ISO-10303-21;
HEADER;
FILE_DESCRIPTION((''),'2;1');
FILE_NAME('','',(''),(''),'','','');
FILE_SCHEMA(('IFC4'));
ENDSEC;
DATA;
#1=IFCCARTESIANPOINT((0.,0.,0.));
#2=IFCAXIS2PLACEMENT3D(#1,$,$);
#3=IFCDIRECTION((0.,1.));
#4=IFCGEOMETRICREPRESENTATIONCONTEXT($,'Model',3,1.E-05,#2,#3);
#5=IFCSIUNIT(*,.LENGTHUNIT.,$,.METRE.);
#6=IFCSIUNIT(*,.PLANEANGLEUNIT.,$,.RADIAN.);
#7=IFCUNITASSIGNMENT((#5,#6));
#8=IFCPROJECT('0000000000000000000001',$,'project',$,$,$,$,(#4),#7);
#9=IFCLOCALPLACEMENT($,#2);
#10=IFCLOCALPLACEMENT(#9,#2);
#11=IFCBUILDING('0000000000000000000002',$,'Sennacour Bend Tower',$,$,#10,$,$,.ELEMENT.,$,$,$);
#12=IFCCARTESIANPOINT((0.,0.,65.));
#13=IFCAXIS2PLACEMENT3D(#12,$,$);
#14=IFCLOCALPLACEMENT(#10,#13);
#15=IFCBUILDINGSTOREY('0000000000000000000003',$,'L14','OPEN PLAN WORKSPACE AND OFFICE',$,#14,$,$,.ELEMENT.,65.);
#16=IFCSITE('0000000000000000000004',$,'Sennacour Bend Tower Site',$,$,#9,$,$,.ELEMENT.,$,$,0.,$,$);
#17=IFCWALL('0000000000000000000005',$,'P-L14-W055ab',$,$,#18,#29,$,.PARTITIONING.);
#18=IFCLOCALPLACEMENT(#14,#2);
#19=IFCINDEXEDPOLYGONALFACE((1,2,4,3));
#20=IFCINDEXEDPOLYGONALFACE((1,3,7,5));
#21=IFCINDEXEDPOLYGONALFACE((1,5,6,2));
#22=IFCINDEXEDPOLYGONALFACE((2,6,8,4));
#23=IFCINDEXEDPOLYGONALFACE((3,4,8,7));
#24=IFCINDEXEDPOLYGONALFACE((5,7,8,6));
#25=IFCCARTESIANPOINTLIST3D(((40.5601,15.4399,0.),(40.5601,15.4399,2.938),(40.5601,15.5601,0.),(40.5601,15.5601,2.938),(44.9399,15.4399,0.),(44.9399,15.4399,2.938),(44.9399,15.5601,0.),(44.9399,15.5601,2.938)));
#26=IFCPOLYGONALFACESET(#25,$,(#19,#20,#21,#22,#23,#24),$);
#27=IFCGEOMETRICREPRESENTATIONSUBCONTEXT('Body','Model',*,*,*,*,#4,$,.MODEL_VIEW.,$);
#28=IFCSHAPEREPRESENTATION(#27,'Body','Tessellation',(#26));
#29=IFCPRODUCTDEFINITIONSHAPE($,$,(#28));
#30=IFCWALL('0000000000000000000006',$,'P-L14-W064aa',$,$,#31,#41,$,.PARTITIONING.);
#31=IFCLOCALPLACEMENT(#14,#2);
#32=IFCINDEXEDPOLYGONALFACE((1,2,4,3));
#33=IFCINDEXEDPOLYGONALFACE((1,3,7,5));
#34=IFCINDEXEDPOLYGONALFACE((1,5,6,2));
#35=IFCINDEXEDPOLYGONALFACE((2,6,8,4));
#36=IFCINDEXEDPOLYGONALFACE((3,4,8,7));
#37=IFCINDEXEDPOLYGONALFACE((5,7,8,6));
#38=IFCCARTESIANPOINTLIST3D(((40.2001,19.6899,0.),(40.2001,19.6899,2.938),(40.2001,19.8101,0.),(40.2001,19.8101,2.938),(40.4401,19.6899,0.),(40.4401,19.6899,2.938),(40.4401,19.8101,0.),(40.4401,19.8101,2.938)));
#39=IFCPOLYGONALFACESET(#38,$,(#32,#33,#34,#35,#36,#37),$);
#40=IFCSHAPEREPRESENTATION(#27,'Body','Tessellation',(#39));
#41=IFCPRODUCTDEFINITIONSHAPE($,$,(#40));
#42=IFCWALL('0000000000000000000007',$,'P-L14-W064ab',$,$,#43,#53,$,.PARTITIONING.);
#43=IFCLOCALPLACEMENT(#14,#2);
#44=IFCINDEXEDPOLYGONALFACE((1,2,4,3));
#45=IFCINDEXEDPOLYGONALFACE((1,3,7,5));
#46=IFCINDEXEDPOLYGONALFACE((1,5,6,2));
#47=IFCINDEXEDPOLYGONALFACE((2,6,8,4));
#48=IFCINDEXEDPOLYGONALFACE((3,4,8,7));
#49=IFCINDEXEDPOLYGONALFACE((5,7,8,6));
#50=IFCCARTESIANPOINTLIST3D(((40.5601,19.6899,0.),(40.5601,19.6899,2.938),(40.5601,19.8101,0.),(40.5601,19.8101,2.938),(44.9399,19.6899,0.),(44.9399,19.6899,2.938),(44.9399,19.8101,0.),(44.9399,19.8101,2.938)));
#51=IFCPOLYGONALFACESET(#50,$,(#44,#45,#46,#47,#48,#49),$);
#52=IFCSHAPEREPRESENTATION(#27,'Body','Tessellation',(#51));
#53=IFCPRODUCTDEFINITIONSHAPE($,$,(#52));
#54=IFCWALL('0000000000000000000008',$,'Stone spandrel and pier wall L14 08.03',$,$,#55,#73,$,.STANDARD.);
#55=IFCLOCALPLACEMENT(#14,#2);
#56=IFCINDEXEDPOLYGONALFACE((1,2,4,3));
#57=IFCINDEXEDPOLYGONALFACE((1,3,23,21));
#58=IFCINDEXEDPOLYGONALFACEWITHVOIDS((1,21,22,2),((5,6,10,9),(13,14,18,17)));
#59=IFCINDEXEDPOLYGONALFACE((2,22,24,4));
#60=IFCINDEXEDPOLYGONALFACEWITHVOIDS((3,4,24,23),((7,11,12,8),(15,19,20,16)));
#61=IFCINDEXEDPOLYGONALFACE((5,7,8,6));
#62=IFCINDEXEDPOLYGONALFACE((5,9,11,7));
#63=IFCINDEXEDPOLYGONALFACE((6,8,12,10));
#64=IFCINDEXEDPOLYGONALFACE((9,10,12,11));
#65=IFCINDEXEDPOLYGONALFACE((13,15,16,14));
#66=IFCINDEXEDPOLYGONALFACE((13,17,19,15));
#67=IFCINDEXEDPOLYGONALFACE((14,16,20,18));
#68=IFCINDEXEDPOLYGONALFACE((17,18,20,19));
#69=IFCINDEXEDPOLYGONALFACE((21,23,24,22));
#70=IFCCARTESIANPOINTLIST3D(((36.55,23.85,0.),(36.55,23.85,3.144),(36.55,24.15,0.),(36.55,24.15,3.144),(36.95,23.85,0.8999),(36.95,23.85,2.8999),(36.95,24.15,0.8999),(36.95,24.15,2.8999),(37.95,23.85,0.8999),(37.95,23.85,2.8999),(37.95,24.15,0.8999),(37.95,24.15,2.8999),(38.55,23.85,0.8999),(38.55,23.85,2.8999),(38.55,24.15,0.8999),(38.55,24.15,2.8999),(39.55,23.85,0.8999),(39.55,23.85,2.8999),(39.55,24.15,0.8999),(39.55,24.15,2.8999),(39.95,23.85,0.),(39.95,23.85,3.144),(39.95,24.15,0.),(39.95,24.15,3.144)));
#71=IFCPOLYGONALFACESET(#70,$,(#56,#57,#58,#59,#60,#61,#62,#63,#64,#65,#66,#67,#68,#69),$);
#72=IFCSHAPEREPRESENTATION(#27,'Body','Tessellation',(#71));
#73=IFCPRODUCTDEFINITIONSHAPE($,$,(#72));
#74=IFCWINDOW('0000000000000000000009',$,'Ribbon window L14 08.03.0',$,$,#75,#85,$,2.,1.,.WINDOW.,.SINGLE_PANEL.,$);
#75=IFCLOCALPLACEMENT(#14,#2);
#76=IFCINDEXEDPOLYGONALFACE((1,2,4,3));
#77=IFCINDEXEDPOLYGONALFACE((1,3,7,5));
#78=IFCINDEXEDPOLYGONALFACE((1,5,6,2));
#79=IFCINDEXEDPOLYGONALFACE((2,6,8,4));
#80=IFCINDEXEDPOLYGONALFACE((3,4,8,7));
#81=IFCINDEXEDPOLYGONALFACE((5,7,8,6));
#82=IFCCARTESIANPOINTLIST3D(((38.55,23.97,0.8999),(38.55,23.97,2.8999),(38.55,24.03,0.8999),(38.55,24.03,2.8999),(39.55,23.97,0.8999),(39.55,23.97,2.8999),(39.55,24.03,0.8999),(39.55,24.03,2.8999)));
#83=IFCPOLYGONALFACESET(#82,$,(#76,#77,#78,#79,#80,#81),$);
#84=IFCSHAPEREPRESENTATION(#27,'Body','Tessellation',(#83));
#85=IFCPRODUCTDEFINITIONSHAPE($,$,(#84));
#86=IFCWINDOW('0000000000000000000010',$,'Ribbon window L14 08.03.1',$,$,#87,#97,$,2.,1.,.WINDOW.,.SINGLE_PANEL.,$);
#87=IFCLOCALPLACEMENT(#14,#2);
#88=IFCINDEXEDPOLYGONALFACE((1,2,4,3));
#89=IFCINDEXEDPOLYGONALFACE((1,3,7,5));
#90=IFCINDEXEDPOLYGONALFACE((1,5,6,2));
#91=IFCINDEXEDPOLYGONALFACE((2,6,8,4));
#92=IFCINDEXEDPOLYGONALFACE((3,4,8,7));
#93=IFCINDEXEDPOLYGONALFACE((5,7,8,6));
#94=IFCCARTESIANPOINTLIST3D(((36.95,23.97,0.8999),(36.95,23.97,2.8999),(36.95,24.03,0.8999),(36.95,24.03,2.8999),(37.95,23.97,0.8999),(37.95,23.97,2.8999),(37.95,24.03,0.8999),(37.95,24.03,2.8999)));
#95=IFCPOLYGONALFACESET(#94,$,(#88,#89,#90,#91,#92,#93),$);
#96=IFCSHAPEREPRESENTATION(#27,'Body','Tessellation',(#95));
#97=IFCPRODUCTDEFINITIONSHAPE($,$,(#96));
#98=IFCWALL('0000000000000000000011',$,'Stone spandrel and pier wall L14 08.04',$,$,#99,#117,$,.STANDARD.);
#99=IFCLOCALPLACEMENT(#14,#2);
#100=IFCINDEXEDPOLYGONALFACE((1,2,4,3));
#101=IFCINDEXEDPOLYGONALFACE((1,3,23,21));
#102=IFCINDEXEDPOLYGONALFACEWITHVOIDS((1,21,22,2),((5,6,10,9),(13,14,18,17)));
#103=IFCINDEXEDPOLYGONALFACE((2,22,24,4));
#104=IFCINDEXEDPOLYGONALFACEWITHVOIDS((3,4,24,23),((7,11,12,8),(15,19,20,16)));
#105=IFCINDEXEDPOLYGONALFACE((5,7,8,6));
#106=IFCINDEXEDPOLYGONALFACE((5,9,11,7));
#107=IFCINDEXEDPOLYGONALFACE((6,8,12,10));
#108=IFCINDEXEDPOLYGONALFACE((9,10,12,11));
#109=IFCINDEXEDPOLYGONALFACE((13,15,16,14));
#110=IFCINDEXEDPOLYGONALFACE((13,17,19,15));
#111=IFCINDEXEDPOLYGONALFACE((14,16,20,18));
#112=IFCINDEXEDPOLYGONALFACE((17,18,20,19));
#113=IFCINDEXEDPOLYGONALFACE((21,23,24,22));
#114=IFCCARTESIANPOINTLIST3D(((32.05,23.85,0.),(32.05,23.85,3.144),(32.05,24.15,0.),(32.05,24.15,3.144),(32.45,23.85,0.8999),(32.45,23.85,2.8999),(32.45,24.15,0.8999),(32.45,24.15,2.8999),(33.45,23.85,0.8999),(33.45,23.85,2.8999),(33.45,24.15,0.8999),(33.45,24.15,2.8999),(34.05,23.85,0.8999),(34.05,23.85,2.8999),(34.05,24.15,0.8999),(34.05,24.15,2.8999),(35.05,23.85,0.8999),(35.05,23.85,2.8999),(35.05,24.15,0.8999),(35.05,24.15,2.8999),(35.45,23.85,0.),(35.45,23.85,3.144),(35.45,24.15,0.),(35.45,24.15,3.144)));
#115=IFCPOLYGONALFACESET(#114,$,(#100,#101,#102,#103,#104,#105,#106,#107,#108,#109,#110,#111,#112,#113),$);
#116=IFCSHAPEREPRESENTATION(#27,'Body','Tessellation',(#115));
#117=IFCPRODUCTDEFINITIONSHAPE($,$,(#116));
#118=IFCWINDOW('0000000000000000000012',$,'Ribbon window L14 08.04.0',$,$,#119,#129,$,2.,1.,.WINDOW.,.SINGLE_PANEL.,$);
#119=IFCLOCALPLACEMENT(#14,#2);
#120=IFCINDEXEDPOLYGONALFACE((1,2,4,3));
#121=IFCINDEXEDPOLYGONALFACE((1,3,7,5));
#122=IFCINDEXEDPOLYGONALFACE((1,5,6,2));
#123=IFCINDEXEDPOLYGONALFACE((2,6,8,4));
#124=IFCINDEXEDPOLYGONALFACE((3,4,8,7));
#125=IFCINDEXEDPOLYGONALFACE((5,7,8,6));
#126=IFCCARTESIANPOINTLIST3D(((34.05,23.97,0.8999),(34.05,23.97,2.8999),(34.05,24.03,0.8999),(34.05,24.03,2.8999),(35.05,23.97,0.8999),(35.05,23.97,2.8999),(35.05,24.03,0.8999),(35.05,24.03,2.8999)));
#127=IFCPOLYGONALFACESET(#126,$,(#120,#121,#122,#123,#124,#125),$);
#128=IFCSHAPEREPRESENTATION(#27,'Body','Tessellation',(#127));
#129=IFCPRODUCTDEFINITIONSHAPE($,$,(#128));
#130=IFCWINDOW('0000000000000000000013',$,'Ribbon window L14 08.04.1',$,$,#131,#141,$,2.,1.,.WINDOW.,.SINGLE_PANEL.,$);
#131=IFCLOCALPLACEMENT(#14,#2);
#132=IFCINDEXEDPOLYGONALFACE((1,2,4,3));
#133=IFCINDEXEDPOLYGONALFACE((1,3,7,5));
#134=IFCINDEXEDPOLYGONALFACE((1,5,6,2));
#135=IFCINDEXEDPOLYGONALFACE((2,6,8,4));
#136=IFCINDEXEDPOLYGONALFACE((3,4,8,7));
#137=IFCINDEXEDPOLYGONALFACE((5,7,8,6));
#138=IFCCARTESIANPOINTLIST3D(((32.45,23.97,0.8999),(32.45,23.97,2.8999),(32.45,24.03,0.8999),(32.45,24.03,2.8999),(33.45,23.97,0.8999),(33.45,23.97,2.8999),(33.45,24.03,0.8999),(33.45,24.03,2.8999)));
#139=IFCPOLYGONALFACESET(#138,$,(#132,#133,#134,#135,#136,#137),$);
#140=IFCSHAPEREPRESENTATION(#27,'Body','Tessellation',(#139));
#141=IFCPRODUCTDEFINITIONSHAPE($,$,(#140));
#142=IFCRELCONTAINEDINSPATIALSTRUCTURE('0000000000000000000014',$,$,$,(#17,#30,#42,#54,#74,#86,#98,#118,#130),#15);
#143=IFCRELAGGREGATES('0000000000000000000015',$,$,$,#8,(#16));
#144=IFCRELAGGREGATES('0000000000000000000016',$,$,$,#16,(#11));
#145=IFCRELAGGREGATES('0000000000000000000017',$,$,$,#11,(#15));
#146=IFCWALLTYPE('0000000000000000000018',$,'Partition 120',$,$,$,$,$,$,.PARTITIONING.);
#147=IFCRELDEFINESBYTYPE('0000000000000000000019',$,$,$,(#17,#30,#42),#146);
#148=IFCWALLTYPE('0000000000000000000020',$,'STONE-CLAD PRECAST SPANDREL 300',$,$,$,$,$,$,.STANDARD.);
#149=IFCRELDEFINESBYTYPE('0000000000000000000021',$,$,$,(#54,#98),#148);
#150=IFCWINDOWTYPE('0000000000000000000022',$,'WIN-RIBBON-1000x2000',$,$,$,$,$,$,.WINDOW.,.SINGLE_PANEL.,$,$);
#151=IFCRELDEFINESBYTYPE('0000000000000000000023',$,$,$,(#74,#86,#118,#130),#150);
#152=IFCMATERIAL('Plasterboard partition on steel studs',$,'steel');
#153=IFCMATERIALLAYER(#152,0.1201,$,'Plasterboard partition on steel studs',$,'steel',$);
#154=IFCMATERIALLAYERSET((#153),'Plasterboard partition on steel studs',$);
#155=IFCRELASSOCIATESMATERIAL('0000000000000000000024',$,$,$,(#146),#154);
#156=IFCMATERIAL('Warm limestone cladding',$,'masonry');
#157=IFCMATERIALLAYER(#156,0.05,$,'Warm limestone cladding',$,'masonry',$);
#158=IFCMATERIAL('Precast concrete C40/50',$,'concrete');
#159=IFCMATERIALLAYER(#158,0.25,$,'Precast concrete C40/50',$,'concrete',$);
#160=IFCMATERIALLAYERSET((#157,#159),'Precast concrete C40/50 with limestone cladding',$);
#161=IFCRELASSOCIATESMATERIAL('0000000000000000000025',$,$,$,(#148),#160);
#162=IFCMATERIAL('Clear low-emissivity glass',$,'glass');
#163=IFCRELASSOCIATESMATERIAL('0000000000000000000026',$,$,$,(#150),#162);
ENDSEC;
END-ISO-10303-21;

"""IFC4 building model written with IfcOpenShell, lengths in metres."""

from ifc_helpers import new_model, si_unit, direction, frame, frame_2d, origin, place, context, subcontext, project, spatial, rectangle, extrude, material, layer, layer_set, type_object, element, fill, save


model = new_model("IFC4")

# Units and contexts
model_context = context("Model", 3, precision=1e-05, world=origin(), true_north=direction((0.0, 1.0)))
body_context = subcontext(model_context, "Body", "Model", "MODEL_VIEW")
ifc_project = project(units=[si_unit("LENGTHUNIT", "METRE"), si_unit("PLANEANGLEUNIT", "RADIAN")], contexts=[model_context])

# Site, building, storey
site_placement = place(None, origin())
site = spatial("IfcSite", under=ifc_project, at=site_placement, Name="Sennacour Bend Tower Site", CompositionType="ELEMENT", RefElevation=0.0)
building_placement = place(site_placement, origin())
building = spatial("IfcBuilding", under=site, at=building_placement, Name="Sennacour Bend Tower", CompositionType="ELEMENT")
storey_placement = place(building_placement, frame((0.0, 0.0, 65.0)))
storey = spatial("IfcBuildingStorey", under=building, at=storey_placement, Name="L14", Description="OPEN PLAN WORKSPACE AND OFFICE", CompositionType="ELEMENT", Elevation=65.0)

# Walls
ifc_material_1 = material(Name="Plasterboard partition on steel studs", Category="steel")
ifc_layer_1 = layer(ifc_material_1, 0.1201, Name="Plasterboard partition on steel studs", Category="steel")
ifc_layer_set_1 = layer_set([ifc_layer_1], Name="Plasterboard partition on steel studs")
wall_type_1 = type_object("IfcWallType", Name="Partition 120", PredefinedType="PARTITIONING", material=ifc_layer_set_1)
wall_1_placement = place(storey_placement, frame((40.5601, 15.5, 0.0), z_axis=(0.0, 0.0, 1.0), x_axis=(1.0, 0.0, 0.0)))
element("IfcWall", 1, at=wall_1_placement, inside=storey, type_object=wall_type_1, Name="P-L14-W055ab", PredefinedType="PARTITIONING", context=body_context, shape_type="SweptSolid", body=[
    extrude(rectangle(XDim=4.3799, YDim=0.1201, at=frame_2d((2.1899, 0.0))), origin(), (0.0, 0.0, 1.0), 2.938),
])
wall_2_placement = place(storey_placement, frame((40.2, 19.75, 0.0), z_axis=(0.0, 0.0, 1.0), x_axis=(1.0, 0.0, 0.0)))
element("IfcWall", 2, at=wall_2_placement, inside=storey, type_object=wall_type_1, Name="P-L14-W064aa", PredefinedType="PARTITIONING", context=body_context, shape_type="SweptSolid", body=[
    extrude(rectangle(XDim=0.24, YDim=0.1201, at=frame_2d((0.1201, 0.0))), origin(), (0.0, 0.0, 1.0), 2.938),
])
wall_3_placement = place(storey_placement, frame((40.5601, 19.75, 0.0), z_axis=(0.0, 0.0, 1.0), x_axis=(1.0, 0.0, 0.0)))
element("IfcWall", 3, at=wall_3_placement, inside=storey, type_object=wall_type_1, Name="P-L14-W064ab", PredefinedType="PARTITIONING", context=body_context, shape_type="SweptSolid", body=[
    extrude(rectangle(XDim=4.3799, YDim=0.1201, at=frame_2d((2.1899, 0.0))), origin(), (0.0, 0.0, 1.0), 2.938),
])

# Walls, openings, windows
ifc_material_2 = material(Name="Warm limestone cladding", Category="masonry")
ifc_layer_2 = layer(ifc_material_2, 0.05, Name="Warm limestone cladding", Category="masonry")
ifc_material_3 = material(Name="Precast concrete C40/50", Category="concrete")
ifc_layer_3 = layer(ifc_material_3, 0.25, Name="Precast concrete C40/50", Category="concrete")
ifc_layer_set_2 = layer_set([ifc_layer_2, ifc_layer_3], Name="Precast concrete C40/50 with limestone cladding")
wall_type_2 = type_object("IfcWallType", Name="STONE-CLAD PRECAST SPANDREL 300", PredefinedType="STANDARD", material=ifc_layer_set_2)
wall_4_placement = place(storey_placement, frame((39.95, 24.0, 0.0), z_axis=(0.0, 0.0, 1.0), x_axis=(-1.0, 0.0, 0.0)))
wall_4 = element("IfcWall", 4, at=wall_4_placement, inside=storey, type_object=wall_type_2, Name="Stone spandrel and pier wall L14 08.03", PredefinedType="STANDARD", context=body_context, shape_type="SweptSolid", body=[
    extrude(rectangle(XDim=3.3999, YDim=0.3, at=frame_2d((1.7, 0.0))), origin(), (0.0, 0.0, 1.0), 3.144),
])
opening_1_placement = place(wall_4_placement, frame((0.3999, 0.0, 0.8999)))
opening_1 = element("IfcOpeningElement", 5, at=opening_1_placement, cuts=wall_4, PredefinedType="OPENING", context=body_context, shape_type="SweptSolid", body=[
    extrude(rectangle(XDim=1.0, YDim=2.0, at=frame_2d((0.5, 1.0))), frame((0.0, 0.1602, 0.0), z_axis=(0.0, -1.0, 0.0), x_axis=(1.0, 0.0, 0.0)), (0.0, 0.0, 1.0), 0.3201),
])
opening_2_placement = place(wall_4_placement, frame((2.0, 0.0, 0.8999)))
opening_2 = element("IfcOpeningElement", 6, at=opening_2_placement, cuts=wall_4, PredefinedType="OPENING", context=body_context, shape_type="SweptSolid", body=[
    extrude(rectangle(XDim=1.0, YDim=2.0, at=frame_2d((0.5, 1.0))), frame((0.0, 0.1602, 0.0), z_axis=(0.0, -1.0, 0.0), x_axis=(1.0, 0.0, 0.0)), (0.0, 0.0, 1.0), 0.3201),
])
ifc_material_4 = material(Name="Clear low-emissivity glass", Category="glass")
window_type_1 = type_object("IfcWindowType", Name="WIN-RIBBON-1000x2000", PartitioningType="SINGLE_PANEL", PredefinedType="WINDOW", material=ifc_material_4)
window_1_placement = place(opening_1_placement, origin())
window_1 = element("IfcWindow", 7, at=window_1_placement, inside=storey, type_object=window_type_1, Name="Ribbon window L14 08.03.0", OverallHeight=2.0, OverallWidth=1.0, PartitioningType="SINGLE_PANEL", PredefinedType="WINDOW", context=body_context, shape_type="SweptSolid", body=[
    extrude(rectangle(XDim=1.0, YDim=2.0, at=frame_2d((0.5, 1.0))), frame((0.0, 0.03, 0.0), z_axis=(0.0, -1.0, 0.0), x_axis=(1.0, 0.0, 0.0)), (0.0, 0.0, 1.0), 0.0601),
])
fill(opening_1, window_1)
window_2_placement = place(opening_2_placement, origin())
window_2 = element("IfcWindow", 8, at=window_2_placement, inside=storey, type_object=window_type_1, Name="Ribbon window L14 08.03.1", OverallHeight=2.0, OverallWidth=1.0, PartitioningType="SINGLE_PANEL", PredefinedType="WINDOW", context=body_context, shape_type="SweptSolid", body=[
    extrude(rectangle(XDim=1.0, YDim=2.0, at=frame_2d((0.5, 1.0))), frame((0.0, 0.03, 0.0), z_axis=(0.0, -1.0, 0.0), x_axis=(1.0, 0.0, 0.0)), (0.0, 0.0, 1.0), 0.0601),
])
fill(opening_2, window_2)
wall_5_placement = place(storey_placement, frame((35.45, 24.0, 0.0), z_axis=(0.0, 0.0, 1.0), x_axis=(-1.0, 0.0, 0.0)))
wall_5 = element("IfcWall", 9, at=wall_5_placement, inside=storey, type_object=wall_type_2, Name="Stone spandrel and pier wall L14 08.04", PredefinedType="STANDARD", context=body_context, shape_type="SweptSolid", body=[
    extrude(rectangle(XDim=3.3999, YDim=0.3, at=frame_2d((1.7, 0.0))), origin(), (0.0, 0.0, 1.0), 3.144),
])
opening_3_placement = place(wall_5_placement, frame((0.3999, 0.0, 0.8999)))
opening_3 = element("IfcOpeningElement", 10, at=opening_3_placement, cuts=wall_5, PredefinedType="OPENING", context=body_context, shape_type="SweptSolid", body=[
    extrude(rectangle(XDim=1.0, YDim=2.0, at=frame_2d((0.5, 1.0))), frame((0.0, 0.1602, 0.0), z_axis=(0.0, -1.0, 0.0), x_axis=(1.0, 0.0, 0.0)), (0.0, 0.0, 1.0), 0.3201),
])
opening_4_placement = place(wall_5_placement, frame((2.0, 0.0, 0.8999)))
opening_4 = element("IfcOpeningElement", 11, at=opening_4_placement, cuts=wall_5, PredefinedType="OPENING", context=body_context, shape_type="SweptSolid", body=[
    extrude(rectangle(XDim=1.0, YDim=2.0, at=frame_2d((0.5, 1.0))), frame((0.0, 0.1602, 0.0), z_axis=(0.0, -1.0, 0.0), x_axis=(1.0, 0.0, 0.0)), (0.0, 0.0, 1.0), 0.3201),
])
window_3_placement = place(opening_3_placement, origin())
window_3 = element("IfcWindow", 12, at=window_3_placement, inside=storey, type_object=window_type_1, Name="Ribbon window L14 08.04.0", OverallHeight=2.0, OverallWidth=1.0, PartitioningType="SINGLE_PANEL", PredefinedType="WINDOW", context=body_context, shape_type="SweptSolid", body=[
    extrude(rectangle(XDim=1.0, YDim=2.0, at=frame_2d((0.5, 1.0))), frame((0.0, 0.03, 0.0), z_axis=(0.0, -1.0, 0.0), x_axis=(1.0, 0.0, 0.0)), (0.0, 0.0, 1.0), 0.0601),
])
fill(opening_3, window_3)
window_4_placement = place(opening_4_placement, origin())
window_4 = element("IfcWindow", 13, at=window_4_placement, inside=storey, type_object=window_type_1, Name="Ribbon window L14 08.04.1", OverallHeight=2.0, OverallWidth=1.0, PartitioningType="SINGLE_PANEL", PredefinedType="WINDOW", context=body_context, shape_type="SweptSolid", body=[
    extrude(rectangle(XDim=1.0, YDim=2.0, at=frame_2d((0.5, 1.0))), frame((0.0, 0.03, 0.0), z_axis=(0.0, -1.0, 0.0), x_axis=(1.0, 0.0, 0.0)), (0.0, 0.0, 1.0), 0.0601),
])
fill(opening_4, window_4)

save(model, "model.ifc")
